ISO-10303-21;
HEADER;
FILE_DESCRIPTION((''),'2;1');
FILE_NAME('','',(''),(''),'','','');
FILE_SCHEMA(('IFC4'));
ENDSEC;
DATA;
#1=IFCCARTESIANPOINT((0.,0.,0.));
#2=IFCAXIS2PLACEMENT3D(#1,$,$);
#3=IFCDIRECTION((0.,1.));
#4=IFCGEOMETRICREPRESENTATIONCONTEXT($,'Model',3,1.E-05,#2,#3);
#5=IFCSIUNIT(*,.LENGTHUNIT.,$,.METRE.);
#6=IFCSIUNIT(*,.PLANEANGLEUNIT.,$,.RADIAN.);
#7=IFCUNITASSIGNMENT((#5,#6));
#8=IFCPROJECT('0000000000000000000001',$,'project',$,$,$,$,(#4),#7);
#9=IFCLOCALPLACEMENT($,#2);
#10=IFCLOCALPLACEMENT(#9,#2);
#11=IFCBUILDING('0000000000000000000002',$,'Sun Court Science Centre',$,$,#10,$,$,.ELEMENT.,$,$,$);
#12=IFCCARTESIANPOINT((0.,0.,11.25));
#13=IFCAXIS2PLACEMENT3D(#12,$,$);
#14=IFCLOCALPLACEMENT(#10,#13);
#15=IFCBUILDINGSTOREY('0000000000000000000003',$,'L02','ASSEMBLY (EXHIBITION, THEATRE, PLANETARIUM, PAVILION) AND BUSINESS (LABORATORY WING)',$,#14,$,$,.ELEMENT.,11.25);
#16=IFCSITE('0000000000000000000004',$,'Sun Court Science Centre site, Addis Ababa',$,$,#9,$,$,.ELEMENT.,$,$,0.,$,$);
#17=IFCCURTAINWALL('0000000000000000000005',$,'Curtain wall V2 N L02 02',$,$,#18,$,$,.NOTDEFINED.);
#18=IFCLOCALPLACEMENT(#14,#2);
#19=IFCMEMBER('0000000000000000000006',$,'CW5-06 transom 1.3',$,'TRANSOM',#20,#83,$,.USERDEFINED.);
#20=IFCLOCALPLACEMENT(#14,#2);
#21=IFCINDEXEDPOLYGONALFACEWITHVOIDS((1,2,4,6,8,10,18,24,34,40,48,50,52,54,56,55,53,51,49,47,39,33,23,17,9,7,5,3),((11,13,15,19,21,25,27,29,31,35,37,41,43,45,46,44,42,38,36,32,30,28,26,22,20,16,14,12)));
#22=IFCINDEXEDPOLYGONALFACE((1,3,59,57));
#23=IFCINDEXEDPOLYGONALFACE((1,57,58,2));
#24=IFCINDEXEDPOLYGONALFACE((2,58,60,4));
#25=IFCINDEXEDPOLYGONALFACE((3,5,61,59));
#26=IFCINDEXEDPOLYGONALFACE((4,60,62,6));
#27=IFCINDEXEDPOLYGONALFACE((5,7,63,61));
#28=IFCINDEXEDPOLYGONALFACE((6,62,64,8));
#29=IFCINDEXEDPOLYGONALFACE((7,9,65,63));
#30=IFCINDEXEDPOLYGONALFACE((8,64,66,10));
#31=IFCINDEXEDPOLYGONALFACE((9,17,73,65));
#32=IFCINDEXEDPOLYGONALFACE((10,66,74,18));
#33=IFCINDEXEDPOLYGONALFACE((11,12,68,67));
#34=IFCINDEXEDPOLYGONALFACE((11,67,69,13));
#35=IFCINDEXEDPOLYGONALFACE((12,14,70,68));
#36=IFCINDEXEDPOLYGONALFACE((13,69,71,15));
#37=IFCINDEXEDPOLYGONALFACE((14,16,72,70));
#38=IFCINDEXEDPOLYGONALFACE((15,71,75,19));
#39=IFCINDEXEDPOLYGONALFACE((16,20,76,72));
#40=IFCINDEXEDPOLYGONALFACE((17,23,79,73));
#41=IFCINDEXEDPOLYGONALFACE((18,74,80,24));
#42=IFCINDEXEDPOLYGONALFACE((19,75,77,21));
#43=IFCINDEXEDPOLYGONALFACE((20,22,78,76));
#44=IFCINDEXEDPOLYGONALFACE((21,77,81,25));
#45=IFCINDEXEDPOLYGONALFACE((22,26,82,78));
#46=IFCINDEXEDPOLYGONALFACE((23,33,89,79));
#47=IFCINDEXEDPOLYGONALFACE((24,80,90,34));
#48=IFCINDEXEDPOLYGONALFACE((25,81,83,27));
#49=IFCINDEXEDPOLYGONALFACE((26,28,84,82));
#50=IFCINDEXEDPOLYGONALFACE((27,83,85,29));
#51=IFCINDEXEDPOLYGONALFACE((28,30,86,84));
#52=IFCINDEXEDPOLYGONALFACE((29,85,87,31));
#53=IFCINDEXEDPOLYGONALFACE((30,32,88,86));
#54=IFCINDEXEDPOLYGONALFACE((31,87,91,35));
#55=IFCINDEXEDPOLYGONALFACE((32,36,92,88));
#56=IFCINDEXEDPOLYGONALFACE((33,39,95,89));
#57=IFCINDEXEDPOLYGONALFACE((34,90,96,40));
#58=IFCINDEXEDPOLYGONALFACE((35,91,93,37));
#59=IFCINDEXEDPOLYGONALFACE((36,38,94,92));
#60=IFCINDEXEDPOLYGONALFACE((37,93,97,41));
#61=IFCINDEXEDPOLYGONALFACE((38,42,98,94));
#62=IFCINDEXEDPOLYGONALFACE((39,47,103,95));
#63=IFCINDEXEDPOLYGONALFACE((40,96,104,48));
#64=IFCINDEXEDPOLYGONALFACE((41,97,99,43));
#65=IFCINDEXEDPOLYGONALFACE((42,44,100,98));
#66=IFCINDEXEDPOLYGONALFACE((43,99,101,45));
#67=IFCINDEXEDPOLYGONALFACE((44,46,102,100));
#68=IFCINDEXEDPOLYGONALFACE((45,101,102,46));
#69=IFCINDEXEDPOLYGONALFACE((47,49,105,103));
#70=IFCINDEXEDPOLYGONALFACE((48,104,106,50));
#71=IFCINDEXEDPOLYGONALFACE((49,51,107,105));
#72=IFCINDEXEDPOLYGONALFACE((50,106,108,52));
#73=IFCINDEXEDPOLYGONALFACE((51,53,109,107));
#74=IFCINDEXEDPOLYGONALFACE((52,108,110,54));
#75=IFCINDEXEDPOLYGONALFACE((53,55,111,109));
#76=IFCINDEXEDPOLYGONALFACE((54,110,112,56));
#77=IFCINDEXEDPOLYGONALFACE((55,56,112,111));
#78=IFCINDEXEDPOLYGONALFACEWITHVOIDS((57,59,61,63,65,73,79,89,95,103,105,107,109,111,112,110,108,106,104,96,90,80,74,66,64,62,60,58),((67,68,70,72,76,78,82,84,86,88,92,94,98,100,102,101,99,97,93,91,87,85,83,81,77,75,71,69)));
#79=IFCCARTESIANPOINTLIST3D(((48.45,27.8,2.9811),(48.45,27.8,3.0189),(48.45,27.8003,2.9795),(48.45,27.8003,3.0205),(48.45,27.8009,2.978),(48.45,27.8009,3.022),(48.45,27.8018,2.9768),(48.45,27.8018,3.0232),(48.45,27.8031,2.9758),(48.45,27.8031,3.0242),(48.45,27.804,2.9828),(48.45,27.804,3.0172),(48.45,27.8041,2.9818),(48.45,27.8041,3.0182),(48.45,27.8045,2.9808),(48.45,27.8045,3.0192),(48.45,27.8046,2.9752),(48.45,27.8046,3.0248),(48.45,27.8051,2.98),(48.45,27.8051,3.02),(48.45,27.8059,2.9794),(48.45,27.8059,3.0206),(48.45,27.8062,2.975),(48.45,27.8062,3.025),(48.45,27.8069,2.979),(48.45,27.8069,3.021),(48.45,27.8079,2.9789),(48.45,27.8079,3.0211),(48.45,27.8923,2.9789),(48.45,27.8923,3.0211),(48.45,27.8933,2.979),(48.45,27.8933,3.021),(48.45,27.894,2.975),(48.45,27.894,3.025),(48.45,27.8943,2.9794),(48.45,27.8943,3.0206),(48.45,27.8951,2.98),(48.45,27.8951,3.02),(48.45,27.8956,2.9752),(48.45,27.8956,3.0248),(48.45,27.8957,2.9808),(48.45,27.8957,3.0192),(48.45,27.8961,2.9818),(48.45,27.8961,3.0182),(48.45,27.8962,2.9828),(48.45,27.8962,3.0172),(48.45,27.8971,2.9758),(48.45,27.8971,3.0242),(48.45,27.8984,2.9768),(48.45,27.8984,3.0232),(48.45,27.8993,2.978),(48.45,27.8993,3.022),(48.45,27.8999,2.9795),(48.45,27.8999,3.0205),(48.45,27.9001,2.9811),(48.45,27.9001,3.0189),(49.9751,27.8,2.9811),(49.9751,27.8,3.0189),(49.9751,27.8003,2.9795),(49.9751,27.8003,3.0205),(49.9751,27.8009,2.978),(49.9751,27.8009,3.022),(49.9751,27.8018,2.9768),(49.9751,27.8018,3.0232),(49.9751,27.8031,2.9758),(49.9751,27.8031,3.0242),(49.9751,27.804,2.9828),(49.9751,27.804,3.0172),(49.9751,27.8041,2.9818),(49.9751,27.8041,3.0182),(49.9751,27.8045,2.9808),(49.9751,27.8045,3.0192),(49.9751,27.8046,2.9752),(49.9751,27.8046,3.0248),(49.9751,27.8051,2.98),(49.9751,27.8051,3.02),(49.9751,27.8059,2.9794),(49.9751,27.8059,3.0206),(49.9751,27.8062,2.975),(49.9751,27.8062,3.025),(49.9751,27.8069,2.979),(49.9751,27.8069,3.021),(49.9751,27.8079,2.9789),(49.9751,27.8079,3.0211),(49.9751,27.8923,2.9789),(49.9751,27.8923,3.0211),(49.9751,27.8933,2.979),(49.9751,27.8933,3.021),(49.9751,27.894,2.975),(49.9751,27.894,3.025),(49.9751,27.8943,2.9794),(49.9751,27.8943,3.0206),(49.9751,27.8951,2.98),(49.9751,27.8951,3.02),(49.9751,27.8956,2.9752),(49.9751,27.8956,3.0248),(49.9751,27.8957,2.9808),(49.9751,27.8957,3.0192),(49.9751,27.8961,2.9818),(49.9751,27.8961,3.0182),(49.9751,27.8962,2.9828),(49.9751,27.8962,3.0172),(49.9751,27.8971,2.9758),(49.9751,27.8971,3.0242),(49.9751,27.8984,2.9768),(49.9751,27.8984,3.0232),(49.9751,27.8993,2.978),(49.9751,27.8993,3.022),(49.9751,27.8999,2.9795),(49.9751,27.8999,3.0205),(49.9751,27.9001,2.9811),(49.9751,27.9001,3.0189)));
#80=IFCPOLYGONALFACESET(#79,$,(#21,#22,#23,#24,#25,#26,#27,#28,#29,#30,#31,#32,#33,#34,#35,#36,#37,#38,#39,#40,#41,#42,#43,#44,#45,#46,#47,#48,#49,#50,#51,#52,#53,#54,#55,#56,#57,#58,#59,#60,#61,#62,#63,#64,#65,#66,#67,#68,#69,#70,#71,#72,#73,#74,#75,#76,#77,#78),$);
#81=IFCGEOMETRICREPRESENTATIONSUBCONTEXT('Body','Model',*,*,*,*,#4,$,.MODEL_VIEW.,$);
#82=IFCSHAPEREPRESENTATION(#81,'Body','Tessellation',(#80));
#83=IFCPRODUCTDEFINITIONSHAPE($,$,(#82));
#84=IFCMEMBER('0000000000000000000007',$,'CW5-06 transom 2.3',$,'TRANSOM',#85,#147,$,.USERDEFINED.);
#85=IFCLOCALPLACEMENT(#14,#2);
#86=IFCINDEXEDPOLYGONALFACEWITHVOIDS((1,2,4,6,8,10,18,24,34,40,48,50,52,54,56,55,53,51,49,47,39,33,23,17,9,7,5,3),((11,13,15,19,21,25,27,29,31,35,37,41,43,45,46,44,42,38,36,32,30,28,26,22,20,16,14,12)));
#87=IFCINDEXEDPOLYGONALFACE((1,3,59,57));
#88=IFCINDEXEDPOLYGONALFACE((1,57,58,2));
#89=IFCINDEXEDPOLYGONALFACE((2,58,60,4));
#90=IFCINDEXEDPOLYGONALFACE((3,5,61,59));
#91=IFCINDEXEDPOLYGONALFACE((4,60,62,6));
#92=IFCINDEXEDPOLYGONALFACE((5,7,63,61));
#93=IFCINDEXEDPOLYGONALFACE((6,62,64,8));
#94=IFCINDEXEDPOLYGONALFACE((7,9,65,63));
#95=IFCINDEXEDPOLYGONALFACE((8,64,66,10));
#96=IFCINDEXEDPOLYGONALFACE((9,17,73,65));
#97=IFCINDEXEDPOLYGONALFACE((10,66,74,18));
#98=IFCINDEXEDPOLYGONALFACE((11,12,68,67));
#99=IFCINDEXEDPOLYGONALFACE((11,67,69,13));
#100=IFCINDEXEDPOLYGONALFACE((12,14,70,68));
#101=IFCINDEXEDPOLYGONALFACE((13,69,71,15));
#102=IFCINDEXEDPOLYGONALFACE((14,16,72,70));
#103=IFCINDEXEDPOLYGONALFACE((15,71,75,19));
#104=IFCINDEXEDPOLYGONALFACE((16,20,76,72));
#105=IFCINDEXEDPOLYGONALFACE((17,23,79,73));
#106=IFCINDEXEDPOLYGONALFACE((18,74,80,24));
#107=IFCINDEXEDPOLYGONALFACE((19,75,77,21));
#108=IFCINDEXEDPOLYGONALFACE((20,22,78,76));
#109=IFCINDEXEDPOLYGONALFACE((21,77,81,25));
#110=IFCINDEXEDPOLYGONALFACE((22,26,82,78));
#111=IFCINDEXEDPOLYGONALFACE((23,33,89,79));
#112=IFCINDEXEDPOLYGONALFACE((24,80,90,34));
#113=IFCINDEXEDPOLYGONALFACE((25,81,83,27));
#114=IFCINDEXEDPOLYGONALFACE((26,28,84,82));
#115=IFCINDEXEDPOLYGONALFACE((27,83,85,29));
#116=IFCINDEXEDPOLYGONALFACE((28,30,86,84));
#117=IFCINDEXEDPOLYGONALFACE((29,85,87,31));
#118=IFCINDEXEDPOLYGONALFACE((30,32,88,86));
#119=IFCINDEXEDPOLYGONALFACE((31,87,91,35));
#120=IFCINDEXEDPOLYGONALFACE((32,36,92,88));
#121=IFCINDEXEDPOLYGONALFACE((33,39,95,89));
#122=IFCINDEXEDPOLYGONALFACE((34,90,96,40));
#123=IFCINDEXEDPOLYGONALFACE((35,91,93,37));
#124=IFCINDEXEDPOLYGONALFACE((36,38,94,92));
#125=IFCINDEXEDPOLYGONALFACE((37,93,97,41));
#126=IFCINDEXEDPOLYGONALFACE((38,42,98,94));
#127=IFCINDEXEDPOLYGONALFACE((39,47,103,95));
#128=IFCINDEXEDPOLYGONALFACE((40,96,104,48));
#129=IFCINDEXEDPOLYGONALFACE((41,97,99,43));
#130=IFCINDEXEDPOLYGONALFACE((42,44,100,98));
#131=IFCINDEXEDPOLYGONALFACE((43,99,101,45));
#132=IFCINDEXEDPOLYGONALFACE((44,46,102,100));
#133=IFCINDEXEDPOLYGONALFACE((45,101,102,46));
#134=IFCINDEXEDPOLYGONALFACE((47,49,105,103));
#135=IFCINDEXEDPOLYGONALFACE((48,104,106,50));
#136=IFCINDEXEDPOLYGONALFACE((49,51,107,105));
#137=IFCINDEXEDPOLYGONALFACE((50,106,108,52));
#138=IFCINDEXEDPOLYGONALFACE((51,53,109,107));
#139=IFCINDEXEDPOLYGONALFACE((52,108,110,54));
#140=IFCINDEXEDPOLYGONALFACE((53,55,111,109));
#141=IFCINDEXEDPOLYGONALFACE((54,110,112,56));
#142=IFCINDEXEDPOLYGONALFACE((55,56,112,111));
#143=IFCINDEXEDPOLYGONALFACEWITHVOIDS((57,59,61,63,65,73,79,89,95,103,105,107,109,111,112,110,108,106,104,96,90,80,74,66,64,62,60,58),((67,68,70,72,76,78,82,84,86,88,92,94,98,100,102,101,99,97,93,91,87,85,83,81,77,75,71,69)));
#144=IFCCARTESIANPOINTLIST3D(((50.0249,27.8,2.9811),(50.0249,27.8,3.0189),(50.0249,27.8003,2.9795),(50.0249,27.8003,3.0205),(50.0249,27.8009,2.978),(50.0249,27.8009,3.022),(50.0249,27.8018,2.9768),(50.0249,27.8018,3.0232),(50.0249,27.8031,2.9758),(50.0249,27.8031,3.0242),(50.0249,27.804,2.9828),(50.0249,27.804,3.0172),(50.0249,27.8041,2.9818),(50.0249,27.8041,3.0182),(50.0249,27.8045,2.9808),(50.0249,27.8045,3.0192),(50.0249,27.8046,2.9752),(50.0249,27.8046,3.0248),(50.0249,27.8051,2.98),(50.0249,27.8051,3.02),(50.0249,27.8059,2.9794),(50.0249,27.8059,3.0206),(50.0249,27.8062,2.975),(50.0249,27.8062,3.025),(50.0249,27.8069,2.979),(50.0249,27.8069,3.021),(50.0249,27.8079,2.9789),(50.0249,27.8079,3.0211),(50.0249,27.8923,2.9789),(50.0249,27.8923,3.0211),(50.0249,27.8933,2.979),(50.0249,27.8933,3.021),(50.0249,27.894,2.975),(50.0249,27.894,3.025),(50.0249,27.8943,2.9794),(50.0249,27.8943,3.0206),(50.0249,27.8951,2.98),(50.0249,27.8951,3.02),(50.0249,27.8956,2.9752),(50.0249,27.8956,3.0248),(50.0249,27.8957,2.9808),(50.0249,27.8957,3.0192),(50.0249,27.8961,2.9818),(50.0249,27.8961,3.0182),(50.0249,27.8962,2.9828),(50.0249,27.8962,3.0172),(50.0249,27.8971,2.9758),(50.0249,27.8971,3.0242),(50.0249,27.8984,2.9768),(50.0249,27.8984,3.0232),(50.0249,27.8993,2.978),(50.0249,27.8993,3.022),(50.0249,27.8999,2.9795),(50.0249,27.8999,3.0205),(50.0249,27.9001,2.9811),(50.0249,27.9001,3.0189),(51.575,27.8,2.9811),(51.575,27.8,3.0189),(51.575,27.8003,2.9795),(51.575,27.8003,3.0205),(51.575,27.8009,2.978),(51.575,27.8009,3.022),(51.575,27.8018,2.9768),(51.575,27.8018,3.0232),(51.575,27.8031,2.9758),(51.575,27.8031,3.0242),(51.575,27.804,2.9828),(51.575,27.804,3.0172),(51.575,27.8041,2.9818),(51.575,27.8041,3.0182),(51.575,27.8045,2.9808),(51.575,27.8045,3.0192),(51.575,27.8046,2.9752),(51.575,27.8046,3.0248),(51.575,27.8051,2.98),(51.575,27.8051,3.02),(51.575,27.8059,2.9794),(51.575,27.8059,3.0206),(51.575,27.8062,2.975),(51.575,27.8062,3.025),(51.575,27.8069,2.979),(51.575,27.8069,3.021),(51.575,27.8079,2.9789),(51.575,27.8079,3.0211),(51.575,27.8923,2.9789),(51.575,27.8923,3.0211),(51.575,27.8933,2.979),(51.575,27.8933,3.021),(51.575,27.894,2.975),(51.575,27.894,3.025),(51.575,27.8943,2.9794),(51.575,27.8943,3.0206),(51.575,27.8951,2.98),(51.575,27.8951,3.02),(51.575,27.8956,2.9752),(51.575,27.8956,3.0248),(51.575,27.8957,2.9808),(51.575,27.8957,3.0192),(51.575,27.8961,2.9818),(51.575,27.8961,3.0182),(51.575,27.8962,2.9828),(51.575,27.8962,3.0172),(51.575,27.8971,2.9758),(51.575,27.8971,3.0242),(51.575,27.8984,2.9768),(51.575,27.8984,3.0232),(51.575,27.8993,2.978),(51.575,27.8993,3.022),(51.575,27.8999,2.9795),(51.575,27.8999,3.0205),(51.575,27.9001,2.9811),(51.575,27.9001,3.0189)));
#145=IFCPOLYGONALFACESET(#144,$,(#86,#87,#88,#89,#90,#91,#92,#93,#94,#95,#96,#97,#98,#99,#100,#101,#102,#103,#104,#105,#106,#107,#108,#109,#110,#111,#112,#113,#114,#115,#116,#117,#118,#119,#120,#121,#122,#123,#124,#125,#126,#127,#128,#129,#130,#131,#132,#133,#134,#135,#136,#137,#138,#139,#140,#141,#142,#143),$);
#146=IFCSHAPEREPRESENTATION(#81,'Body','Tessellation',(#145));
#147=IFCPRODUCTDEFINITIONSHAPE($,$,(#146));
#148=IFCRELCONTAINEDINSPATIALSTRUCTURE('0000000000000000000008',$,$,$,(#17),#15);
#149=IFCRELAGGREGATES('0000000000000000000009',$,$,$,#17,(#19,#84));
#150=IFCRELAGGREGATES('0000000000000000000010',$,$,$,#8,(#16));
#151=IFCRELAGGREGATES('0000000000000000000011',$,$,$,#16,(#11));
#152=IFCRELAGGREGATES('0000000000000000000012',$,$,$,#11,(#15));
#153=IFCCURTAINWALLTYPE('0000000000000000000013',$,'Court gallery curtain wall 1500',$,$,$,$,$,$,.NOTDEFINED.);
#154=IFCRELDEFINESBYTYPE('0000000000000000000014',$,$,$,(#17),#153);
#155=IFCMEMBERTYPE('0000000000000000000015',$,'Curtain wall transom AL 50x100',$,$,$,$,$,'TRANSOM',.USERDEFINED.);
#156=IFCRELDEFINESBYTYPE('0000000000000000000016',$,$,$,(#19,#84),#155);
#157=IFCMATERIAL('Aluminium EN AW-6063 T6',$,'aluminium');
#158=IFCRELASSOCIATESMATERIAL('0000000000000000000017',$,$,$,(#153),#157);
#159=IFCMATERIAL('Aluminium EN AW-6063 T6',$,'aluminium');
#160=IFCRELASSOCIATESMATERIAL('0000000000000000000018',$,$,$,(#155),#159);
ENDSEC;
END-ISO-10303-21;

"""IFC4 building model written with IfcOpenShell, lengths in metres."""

from ifc_helpers import new_model, si_unit, direction, frame, origin, origin_2d, place, context, subcontext, project, spatial, hollow_rectangle, extrude, material, material_profile, profile_set, type_object, element, aggregate, save


model = new_model("IFC4")

# Units and contexts
model_context = context("Model", 3, precision=1e-05, world=origin(), true_north=direction((0.0, 1.0)))
body_context = subcontext(model_context, "Body", "Model", "MODEL_VIEW")
ifc_project = project(units=[si_unit("LENGTHUNIT", "METRE"), si_unit("PLANEANGLEUNIT", "RADIAN")], contexts=[model_context])

# Site, building, storey
site_placement = place(None, origin())
site = spatial("IfcSite", under=ifc_project, at=site_placement, Name="Sun Court Science Centre site, Addis Ababa", CompositionType="ELEMENT", RefElevation=0.0)
building_placement = place(site_placement, origin())
building = spatial("IfcBuilding", under=site, at=building_placement, Name="Sun Court Science Centre", CompositionType="ELEMENT")
storey_placement = place(building_placement, frame((0.0, 0.0, 11.25)))
storey = spatial("IfcBuildingStorey", under=building, at=storey_placement, Name="L02", Description="ASSEMBLY (EXHIBITION, THEATRE, PLANETARIUM, PAVILION) AND BUSINESS (LABORATORY WING)", CompositionType="ELEMENT", Elevation=11.25)

# Curtain wall
ifc_material_1 = material(Name="Aluminium EN AW-6063 T6", Category="aluminium")
curtain_wall_type_1 = type_object("IfcCurtainWallType", Name="Court gallery curtain wall 1500", PredefinedType="NOTDEFINED", material=ifc_material_1)
curtain_wall_1_placement = place(storey_placement, origin())
curtain_wall_1 = element("IfcCurtainWall", 1, at=curtain_wall_1_placement, inside=storey, type_object=curtain_wall_type_1, Name="Curtain wall V2 N L02 02", PredefinedType="NOTDEFINED")

# Members
ifc_material_2 = material(Name="Aluminium EN AW-6063 T6", Category="aluminium")
ifc_material_profile_1 = material_profile(ifc_material_2, hollow_rectangle(XDim=0.05, YDim=0.1001, WallThickness=0.0039, InnerFilletRadius=0.0039, OuterFilletRadius=0.0061, at=origin_2d()), Name="AL 50x100x4")
ifc_profile_set_1 = profile_set([ifc_material_profile_1], Name="Aluminium EN AW-6063 T6")
member_type_1 = type_object("IfcMemberType", Name="Curtain wall transom AL 50x100", ElementType="TRANSOM", PredefinedType="USERDEFINED", material=ifc_profile_set_1)
member_1_placement = place(storey_placement, frame((48.45, 27.8501, 3.0), z_axis=(1.0, 0.0, 0.0), x_axis=(0.0, 0.0, 1.0)))
member_1 = element("IfcMember", 2, at=member_1_placement, type_object=member_type_1, Name="CW5-06 transom 1.3", ObjectType="TRANSOM", PredefinedType="USERDEFINED", context=body_context, shape_type="SweptSolid", body=[
    extrude(hollow_rectangle(XDim=0.05, YDim=0.1001, WallThickness=0.0039, InnerFilletRadius=0.0039, OuterFilletRadius=0.0061, at=origin_2d()), origin(), (0.0, 0.0, 1.0), 1.5251),
])
member_2_placement = place(storey_placement, frame((50.0249, 27.8501, 3.0), z_axis=(1.0, 0.0, 0.0), x_axis=(0.0, 0.0, 1.0)))
member_2 = element("IfcMember", 3, at=member_2_placement, type_object=member_type_1, Name="CW5-06 transom 2.3", ObjectType="TRANSOM", PredefinedType="USERDEFINED", context=body_context, shape_type="SweptSolid", body=[
    extrude(hollow_rectangle(XDim=0.05, YDim=0.1001, WallThickness=0.0039, InnerFilletRadius=0.0039, OuterFilletRadius=0.0061, at=origin_2d()), origin(), (0.0, 0.0, 1.0), 1.55),
])

aggregate(curtain_wall_1, [member_1, member_2])

save(model, "model.ifc")
